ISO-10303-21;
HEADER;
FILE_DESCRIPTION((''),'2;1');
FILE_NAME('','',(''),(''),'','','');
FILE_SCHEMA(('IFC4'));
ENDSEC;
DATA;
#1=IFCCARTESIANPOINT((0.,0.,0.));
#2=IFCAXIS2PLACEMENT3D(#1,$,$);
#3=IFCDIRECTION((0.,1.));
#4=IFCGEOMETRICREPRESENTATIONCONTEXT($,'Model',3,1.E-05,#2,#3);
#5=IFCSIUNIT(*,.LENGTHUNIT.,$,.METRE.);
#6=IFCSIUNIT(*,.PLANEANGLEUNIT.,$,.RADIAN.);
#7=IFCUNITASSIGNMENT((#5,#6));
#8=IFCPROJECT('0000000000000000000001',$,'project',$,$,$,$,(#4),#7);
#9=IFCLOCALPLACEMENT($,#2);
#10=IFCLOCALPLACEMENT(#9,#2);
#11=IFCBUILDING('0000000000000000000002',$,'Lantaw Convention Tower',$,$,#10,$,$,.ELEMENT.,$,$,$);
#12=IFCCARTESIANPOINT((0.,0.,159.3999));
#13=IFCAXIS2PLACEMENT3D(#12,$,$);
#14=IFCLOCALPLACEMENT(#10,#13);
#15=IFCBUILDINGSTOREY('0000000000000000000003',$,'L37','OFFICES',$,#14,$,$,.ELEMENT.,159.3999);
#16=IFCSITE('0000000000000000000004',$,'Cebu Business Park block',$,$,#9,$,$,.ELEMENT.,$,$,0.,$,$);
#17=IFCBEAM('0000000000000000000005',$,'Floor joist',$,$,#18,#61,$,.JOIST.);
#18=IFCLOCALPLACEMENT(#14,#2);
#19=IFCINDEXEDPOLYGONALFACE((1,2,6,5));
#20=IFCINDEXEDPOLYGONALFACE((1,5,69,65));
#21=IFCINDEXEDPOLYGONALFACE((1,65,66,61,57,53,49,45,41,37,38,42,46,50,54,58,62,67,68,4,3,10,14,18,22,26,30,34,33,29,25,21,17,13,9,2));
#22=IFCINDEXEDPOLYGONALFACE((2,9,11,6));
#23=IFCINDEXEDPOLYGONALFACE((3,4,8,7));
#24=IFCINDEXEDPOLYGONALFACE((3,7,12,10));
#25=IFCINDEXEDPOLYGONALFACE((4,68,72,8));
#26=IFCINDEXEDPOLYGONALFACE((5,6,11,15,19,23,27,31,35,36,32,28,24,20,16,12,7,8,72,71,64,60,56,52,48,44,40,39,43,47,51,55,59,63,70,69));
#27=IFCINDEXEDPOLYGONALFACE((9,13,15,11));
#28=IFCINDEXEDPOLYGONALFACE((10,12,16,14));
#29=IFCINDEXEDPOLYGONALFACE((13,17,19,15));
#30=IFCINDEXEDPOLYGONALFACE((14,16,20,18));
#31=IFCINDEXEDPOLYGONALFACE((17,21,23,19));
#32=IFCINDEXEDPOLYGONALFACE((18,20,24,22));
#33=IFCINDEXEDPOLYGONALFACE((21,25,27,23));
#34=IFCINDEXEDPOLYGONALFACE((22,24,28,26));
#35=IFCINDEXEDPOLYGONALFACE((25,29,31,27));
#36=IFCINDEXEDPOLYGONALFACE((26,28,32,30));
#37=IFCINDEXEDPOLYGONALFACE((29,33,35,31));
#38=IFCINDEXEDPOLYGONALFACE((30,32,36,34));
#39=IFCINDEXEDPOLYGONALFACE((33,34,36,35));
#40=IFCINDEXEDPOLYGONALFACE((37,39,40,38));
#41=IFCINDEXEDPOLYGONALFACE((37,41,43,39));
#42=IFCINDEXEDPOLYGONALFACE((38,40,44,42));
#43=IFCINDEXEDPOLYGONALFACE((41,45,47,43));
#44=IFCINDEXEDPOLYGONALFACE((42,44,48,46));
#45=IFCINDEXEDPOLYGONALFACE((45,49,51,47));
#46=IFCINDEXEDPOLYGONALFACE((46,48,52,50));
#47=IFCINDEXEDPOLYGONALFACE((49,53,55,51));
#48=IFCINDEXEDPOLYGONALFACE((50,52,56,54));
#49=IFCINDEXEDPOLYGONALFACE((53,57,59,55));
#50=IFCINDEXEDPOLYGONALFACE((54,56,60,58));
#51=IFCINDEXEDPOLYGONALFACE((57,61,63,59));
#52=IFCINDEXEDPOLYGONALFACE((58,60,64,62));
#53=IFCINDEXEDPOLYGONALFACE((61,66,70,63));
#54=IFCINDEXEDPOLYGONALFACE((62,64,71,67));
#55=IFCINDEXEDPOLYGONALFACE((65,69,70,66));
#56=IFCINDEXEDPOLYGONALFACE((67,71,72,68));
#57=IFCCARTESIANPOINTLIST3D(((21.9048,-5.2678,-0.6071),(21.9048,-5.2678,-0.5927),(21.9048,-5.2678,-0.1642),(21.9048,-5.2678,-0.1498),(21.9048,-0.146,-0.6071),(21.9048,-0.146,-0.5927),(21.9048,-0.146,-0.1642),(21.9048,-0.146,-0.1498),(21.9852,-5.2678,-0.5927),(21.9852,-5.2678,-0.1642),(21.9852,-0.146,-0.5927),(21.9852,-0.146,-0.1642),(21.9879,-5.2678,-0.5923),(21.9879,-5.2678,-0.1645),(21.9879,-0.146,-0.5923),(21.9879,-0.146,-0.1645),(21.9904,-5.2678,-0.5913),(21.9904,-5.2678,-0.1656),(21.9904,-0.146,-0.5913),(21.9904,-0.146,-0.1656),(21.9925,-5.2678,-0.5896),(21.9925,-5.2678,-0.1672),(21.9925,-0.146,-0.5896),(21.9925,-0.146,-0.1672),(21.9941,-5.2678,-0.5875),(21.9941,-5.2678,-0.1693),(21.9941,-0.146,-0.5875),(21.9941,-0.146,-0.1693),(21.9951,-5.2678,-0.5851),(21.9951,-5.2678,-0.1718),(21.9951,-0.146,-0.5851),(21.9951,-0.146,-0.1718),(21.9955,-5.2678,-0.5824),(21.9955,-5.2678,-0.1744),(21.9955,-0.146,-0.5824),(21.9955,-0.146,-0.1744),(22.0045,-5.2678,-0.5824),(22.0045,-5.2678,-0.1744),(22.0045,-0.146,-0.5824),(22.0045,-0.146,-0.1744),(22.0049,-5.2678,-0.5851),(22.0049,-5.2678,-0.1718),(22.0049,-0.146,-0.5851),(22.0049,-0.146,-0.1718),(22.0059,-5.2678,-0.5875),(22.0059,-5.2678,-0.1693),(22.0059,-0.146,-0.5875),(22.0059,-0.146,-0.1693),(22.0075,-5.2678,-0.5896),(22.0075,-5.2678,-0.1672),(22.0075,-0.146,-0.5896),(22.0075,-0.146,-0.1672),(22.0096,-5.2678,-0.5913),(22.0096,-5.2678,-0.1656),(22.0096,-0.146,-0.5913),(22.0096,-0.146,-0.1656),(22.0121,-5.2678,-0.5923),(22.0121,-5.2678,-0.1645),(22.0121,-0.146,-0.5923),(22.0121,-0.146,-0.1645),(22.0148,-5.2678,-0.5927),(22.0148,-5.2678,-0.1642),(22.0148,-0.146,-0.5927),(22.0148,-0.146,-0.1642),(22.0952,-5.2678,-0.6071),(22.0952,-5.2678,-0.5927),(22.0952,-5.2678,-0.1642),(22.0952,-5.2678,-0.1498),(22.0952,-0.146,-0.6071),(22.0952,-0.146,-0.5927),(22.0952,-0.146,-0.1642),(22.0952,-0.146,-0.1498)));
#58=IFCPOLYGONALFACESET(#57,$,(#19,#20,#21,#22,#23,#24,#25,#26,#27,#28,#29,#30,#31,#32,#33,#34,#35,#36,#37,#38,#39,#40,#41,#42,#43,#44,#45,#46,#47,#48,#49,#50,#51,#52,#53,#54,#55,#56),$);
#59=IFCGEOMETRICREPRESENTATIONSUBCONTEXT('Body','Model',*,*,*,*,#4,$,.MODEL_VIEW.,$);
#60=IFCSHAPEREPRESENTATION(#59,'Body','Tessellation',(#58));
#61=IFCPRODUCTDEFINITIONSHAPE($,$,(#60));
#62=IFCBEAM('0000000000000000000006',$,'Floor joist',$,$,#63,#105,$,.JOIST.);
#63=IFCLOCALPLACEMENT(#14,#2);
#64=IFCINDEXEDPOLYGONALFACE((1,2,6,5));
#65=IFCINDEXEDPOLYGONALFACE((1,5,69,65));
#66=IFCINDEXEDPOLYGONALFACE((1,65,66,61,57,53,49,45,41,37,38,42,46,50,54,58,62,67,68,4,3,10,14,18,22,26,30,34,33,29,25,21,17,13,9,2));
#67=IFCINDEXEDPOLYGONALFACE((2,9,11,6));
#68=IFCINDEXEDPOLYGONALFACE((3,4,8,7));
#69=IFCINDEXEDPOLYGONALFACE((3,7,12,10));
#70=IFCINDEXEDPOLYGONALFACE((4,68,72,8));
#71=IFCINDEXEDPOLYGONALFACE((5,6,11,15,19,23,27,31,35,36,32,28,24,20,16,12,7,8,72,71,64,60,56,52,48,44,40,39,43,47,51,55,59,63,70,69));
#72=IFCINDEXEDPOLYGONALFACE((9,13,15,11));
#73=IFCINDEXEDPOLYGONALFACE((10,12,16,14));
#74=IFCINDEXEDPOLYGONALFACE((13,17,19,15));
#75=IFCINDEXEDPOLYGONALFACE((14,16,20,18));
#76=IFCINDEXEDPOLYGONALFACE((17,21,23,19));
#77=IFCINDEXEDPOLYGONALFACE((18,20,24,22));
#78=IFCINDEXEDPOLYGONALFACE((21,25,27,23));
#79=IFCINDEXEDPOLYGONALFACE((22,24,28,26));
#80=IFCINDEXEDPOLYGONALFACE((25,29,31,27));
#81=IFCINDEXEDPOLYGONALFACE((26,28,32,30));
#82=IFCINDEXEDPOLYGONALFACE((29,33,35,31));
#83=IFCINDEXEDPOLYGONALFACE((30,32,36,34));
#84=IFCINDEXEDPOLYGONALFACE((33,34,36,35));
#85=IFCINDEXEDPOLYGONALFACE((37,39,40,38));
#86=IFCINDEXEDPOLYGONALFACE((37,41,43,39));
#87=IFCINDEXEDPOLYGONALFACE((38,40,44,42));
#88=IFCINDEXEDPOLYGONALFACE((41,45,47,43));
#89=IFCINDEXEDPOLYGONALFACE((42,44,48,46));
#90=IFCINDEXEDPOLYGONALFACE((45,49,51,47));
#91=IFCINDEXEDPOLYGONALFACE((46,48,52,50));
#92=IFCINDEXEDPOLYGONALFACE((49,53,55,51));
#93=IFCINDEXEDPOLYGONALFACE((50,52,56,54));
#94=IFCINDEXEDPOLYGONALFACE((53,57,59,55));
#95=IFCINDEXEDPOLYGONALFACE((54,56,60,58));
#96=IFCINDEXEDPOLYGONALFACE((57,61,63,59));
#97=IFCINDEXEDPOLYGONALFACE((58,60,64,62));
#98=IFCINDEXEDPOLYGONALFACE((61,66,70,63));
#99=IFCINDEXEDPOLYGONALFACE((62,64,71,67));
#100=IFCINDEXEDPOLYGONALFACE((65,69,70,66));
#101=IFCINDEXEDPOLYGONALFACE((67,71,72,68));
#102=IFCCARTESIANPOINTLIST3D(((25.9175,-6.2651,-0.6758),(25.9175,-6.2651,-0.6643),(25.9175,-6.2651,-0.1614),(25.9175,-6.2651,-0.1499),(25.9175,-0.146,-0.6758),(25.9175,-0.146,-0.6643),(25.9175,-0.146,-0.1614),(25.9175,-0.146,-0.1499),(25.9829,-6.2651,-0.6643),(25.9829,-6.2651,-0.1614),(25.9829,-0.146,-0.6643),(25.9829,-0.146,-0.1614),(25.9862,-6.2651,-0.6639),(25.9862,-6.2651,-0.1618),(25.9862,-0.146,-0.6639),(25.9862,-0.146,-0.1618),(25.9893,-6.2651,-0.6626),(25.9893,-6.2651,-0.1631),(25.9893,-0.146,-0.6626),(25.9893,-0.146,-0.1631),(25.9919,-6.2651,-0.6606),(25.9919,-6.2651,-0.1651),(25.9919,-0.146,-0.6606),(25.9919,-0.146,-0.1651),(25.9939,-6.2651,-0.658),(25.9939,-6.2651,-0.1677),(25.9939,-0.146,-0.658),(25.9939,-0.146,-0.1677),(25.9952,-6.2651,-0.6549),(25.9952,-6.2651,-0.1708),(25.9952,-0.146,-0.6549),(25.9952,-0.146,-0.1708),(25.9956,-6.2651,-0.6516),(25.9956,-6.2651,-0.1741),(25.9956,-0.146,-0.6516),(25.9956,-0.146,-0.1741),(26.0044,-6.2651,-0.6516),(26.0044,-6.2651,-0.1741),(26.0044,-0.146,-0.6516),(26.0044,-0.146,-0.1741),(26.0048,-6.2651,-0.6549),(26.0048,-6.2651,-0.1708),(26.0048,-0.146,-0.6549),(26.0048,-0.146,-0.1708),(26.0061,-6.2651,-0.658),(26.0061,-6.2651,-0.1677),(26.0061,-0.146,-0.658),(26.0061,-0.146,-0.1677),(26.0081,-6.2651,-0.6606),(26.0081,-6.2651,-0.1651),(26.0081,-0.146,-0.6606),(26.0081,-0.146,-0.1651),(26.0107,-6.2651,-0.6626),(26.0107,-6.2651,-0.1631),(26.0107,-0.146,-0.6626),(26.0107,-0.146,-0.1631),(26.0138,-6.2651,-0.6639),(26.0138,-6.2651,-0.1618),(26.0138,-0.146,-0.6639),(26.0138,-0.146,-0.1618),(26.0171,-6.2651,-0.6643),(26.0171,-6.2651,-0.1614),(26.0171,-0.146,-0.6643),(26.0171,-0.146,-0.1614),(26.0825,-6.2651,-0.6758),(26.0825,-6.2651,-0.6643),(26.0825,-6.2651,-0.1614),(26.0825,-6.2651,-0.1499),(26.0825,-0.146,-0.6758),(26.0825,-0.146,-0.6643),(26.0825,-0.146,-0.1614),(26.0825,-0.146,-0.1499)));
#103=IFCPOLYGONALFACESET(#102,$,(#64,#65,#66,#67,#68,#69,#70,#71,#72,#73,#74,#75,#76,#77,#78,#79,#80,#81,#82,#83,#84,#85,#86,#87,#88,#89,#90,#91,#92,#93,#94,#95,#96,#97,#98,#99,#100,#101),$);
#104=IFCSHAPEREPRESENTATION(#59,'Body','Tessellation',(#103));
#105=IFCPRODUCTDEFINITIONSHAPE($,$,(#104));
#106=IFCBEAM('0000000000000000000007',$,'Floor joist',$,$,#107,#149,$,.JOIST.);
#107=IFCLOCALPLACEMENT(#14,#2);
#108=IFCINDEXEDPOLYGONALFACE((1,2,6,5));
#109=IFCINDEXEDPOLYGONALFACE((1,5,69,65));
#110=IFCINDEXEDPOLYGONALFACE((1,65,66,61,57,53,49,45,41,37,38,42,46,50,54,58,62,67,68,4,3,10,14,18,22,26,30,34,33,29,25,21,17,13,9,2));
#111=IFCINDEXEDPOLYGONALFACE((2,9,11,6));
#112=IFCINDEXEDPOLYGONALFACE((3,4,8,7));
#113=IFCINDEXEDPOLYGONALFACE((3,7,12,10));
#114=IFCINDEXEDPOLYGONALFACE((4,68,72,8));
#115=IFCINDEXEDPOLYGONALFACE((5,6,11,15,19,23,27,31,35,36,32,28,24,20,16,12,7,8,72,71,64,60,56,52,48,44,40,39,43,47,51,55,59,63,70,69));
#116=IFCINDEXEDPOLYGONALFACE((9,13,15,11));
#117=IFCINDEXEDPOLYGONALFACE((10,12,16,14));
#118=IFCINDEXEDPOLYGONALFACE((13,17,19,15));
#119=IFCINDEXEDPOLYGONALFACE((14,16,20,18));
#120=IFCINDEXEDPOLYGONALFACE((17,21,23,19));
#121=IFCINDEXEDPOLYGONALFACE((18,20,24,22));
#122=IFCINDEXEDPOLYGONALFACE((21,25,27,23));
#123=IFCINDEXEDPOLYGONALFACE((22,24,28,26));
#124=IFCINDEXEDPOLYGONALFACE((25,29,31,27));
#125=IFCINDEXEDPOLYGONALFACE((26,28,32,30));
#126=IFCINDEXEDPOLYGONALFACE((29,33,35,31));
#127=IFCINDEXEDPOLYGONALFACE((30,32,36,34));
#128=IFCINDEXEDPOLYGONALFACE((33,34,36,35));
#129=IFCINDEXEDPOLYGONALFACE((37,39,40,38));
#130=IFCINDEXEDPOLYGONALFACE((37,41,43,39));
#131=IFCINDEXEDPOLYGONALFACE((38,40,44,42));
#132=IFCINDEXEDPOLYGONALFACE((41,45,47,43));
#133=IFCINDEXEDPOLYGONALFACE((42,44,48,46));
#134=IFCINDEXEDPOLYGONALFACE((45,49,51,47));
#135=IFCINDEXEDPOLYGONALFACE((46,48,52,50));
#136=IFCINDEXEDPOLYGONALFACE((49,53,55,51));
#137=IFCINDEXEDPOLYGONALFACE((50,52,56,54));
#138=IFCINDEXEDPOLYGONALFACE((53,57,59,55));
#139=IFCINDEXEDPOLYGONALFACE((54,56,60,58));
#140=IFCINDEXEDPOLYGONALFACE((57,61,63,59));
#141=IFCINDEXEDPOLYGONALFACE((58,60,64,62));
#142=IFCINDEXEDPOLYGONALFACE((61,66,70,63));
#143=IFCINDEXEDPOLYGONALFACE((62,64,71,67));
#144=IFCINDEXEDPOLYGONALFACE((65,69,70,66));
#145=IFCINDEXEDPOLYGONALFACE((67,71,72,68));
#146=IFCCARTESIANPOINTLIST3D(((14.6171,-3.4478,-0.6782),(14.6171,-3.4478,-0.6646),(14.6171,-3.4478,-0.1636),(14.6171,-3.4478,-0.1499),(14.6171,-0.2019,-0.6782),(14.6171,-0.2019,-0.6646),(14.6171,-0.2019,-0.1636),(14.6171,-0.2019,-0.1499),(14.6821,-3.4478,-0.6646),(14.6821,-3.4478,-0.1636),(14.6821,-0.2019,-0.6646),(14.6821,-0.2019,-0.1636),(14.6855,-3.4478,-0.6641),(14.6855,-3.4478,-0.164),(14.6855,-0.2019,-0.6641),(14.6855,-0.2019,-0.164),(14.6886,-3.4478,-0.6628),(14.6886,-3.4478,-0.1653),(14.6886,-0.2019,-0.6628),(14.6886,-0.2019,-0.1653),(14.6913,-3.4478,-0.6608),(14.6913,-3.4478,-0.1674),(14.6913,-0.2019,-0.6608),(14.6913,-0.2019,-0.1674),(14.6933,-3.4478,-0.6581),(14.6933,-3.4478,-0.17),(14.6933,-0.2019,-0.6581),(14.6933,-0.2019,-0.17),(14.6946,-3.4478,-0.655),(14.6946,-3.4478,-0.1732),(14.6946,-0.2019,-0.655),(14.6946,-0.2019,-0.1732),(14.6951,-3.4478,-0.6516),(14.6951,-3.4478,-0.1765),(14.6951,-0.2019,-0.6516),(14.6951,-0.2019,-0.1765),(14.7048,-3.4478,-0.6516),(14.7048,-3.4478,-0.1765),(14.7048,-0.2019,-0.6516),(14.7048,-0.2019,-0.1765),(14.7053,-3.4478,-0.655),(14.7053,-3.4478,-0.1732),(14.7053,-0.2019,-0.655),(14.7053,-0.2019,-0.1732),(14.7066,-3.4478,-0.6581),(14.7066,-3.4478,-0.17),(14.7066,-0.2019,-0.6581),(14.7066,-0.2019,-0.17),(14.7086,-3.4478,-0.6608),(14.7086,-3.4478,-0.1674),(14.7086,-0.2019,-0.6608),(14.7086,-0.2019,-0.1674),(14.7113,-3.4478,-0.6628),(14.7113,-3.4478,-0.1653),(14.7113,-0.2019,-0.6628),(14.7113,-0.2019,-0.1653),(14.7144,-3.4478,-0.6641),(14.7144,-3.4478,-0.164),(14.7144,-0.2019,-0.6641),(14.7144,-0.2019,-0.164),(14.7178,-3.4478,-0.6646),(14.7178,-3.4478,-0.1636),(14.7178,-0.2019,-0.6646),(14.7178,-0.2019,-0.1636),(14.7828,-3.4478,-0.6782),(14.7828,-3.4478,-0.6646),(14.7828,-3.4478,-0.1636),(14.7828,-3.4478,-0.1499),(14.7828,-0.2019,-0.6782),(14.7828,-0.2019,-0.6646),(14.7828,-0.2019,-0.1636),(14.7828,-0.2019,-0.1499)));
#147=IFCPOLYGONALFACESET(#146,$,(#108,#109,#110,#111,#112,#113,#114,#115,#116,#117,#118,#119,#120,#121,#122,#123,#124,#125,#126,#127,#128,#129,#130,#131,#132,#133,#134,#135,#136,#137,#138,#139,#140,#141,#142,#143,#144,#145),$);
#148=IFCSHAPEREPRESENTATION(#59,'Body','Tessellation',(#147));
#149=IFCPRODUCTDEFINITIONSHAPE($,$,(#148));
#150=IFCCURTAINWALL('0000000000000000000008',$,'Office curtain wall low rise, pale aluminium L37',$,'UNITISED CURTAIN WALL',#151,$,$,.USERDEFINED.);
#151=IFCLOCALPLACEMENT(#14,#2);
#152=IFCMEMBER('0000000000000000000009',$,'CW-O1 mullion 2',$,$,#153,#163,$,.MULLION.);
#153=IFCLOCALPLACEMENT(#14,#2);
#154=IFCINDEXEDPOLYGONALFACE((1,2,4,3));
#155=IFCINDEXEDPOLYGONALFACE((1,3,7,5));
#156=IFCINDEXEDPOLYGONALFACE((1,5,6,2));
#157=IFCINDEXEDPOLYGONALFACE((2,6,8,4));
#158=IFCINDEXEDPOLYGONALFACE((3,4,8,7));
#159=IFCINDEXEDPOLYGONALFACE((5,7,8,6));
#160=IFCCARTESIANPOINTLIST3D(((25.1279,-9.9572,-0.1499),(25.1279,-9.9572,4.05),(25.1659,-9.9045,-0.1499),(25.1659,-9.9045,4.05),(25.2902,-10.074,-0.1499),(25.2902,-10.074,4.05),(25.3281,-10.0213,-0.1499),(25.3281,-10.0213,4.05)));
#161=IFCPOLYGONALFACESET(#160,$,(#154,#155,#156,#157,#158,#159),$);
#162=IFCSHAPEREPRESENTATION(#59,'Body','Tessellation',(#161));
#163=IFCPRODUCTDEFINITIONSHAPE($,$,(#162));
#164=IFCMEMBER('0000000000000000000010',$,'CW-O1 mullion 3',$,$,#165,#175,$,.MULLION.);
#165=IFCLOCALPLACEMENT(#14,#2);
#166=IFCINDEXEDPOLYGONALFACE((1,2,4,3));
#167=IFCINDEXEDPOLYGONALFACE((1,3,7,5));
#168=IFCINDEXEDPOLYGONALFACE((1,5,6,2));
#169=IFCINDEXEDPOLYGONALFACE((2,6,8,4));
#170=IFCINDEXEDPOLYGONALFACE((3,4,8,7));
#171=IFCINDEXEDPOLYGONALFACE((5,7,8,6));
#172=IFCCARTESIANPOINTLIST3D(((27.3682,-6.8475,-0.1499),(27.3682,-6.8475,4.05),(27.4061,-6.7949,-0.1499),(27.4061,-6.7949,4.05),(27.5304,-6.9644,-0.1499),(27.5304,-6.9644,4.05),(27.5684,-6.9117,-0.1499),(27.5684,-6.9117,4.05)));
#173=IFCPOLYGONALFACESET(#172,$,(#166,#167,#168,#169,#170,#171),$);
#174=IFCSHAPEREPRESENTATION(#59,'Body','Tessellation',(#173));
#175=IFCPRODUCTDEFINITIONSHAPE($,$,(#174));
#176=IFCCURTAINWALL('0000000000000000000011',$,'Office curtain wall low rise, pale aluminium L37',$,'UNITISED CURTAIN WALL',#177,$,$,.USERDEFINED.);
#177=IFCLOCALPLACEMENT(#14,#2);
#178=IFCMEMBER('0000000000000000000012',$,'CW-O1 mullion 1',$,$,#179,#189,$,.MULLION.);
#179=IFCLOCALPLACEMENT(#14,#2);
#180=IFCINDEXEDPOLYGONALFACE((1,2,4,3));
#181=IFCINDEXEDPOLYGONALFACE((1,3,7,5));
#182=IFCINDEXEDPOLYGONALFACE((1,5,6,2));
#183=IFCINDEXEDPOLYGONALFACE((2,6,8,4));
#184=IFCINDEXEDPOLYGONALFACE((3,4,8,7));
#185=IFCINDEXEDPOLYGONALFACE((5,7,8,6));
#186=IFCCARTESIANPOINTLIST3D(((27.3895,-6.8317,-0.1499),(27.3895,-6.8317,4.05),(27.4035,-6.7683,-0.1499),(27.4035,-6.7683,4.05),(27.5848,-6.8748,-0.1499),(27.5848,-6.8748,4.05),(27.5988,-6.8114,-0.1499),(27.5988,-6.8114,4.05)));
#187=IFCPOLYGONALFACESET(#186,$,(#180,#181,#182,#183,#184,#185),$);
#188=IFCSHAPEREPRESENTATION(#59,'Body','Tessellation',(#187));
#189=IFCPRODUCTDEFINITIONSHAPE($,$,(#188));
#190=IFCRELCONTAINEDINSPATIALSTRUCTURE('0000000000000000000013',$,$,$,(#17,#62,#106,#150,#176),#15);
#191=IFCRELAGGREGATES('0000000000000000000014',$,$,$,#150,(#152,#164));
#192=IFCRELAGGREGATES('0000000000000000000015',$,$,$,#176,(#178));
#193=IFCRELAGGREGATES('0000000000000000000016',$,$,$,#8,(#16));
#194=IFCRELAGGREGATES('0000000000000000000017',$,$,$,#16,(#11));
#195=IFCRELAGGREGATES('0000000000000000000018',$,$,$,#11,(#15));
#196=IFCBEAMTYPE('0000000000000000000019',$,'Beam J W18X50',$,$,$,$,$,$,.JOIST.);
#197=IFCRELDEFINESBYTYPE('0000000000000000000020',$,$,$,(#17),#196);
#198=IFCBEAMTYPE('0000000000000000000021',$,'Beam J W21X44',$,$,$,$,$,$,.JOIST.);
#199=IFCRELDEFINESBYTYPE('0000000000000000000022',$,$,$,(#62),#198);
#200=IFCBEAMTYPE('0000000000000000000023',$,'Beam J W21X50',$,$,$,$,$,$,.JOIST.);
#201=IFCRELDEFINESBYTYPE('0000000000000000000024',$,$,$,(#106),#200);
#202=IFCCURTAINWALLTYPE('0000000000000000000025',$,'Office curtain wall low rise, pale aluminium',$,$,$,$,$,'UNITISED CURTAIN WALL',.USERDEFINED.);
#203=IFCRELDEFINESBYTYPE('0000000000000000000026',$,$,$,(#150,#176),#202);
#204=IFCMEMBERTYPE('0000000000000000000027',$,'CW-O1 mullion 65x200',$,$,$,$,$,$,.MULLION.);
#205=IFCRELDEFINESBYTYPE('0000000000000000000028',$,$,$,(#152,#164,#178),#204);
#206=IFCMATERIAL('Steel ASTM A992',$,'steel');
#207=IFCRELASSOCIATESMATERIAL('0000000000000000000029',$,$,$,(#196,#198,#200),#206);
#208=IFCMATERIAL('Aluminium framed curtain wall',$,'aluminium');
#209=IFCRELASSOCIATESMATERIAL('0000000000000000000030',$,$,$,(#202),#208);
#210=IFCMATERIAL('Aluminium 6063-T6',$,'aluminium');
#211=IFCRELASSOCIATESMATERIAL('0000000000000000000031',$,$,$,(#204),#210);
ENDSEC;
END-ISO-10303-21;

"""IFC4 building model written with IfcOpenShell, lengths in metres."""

from ifc_helpers import new_model, si_unit, direction, frame, origin, origin_2d, place, context, subcontext, project, spatial, rectangle, i_section, extrude, material, material_profile, profile_set, type_object, element, aggregate, save


model = new_model("IFC4")

# Units and contexts
model_context = context("Model", 3, precision=1e-05, world=origin(), true_north=direction((0.0, 1.0)))
body_context = subcontext(model_context, "Body", "Model", "MODEL_VIEW")
ifc_project = project(units=[si_unit("LENGTHUNIT", "METRE"), si_unit("PLANEANGLEUNIT", "RADIAN")], contexts=[model_context])

# Site, building, storey
site_placement = place(None, origin())
site = spatial("IfcSite", under=ifc_project, at=site_placement, Name="Cebu Business Park block", CompositionType="ELEMENT", RefElevation=0.0)
building_placement = place(site_placement, origin())
building = spatial("IfcBuilding", under=site, at=building_placement, Name="Lantaw Convention Tower", CompositionType="ELEMENT")
storey_placement = place(building_placement, frame((0.0, 0.0, 159.3999)))
storey = spatial("IfcBuildingStorey", under=building, at=storey_placement, Name="L37", Description="OFFICES", CompositionType="ELEMENT", Elevation=159.3999)

# Beams
ifc_material_1 = material(Name="Steel ASTM A992", Category="steel")
ifc_material_profile_1 = material_profile(ifc_material_1, i_section(OverallWidth=0.1904, OverallDepth=0.4573, WebThickness=0.009, FlangeThickness=0.0144, FilletRadius=0.0103, at=origin_2d()), Name="W18X50")
ifc_profile_set_1 = profile_set([ifc_material_profile_1], Name="Steel ASTM A992")
beam_type_1 = type_object("IfcBeamType", Name="Beam J W18X50", PredefinedType="JOIST", material=ifc_profile_set_1)
beam_1_placement = place(storey_placement, frame((22.0, -5.2678, -0.3784), z_axis=(0.0, 1.0, 0.0), x_axis=(-1.0, 0.0, 0.0)))
element("IfcBeam", 1, at=beam_1_placement, inside=storey, type_object=beam_type_1, Name="Floor joist", PredefinedType="JOIST", context=body_context, shape_type="SweptSolid", body=[
    extrude(i_section(OverallWidth=0.1904, OverallDepth=0.4573, WebThickness=0.009, FlangeThickness=0.0144, FilletRadius=0.0103, at=origin_2d()), origin(), (0.0, 0.0, 1.0), 5.1218),
])
ifc_material_profile_2 = material_profile(ifc_material_1, i_section(OverallWidth=0.165, OverallDepth=0.5259, WebThickness=0.0088, FlangeThickness=0.0115, FilletRadius=0.0127, at=origin_2d()), Name="W21X44")
ifc_profile_set_2 = profile_set([ifc_material_profile_2], Name="Steel ASTM A992")
beam_type_2 = type_object("IfcBeamType", Name="Beam J W21X44", PredefinedType="JOIST", material=ifc_profile_set_2)
beam_2_placement = place(storey_placement, frame((26.0, -6.2651, -0.4128), z_axis=(0.0, 1.0, 0.0), x_axis=(-1.0, 0.0, 0.0)))
element("IfcBeam", 2, at=beam_2_placement, inside=storey, type_object=beam_type_2, Name="Floor joist", PredefinedType="JOIST", context=body_context, shape_type="SweptSolid", body=[
    extrude(i_section(OverallWidth=0.165, OverallDepth=0.5259, WebThickness=0.0088, FlangeThickness=0.0115, FilletRadius=0.0127, at=origin_2d()), origin(), (0.0, 0.0, 1.0), 6.1191),
])
ifc_material_profile_3 = material_profile(ifc_material_1, i_section(OverallWidth=0.1658, OverallDepth=0.5283, WebThickness=0.0098, FlangeThickness=0.0137, FilletRadius=0.0129, at=origin_2d()), Name="W21X50")
ifc_profile_set_3 = profile_set([ifc_material_profile_3], Name="Steel ASTM A992")
beam_type_3 = type_object("IfcBeamType", Name="Beam J W21X50", PredefinedType="JOIST", material=ifc_profile_set_3)
beam_3_placement = place(storey_placement, frame((14.7, -3.4478, -0.4141), z_axis=(0.0, 1.0, 0.0), x_axis=(-1.0, 0.0, 0.0)))
element("IfcBeam", 3, at=beam_3_placement, inside=storey, type_object=beam_type_3, Name="Floor joist", PredefinedType="JOIST", context=body_context, shape_type="SweptSolid", body=[
    extrude(i_section(OverallWidth=0.1658, OverallDepth=0.5283, WebThickness=0.0098, FlangeThickness=0.0137, FilletRadius=0.0129, at=origin_2d()), origin(), (0.0, 0.0, 1.0), 3.2458),
])

# Curtain walls, members
ifc_material_2 = material(Name="Aluminium framed curtain wall", Category="aluminium")
curtain_wall_type = type_object("IfcCurtainWallType", Name="Office curtain wall low rise, pale aluminium", ElementType="UNITISED CURTAIN WALL", PredefinedType="USERDEFINED", material=ifc_material_2)
curtain_wall_1_placement = place(storey_placement, origin())
curtain_wall_1 = element("IfcCurtainWall", 4, at=curtain_wall_1_placement, inside=storey, type_object=curtain_wall_type, Name="Office curtain wall low rise, pale aluminium L37", ObjectType="UNITISED CURTAIN WALL", PredefinedType="USERDEFINED")
ifc_material_3 = material(Name="Aluminium 6063-T6", Category="aluminium")
ifc_material_profile_4 = material_profile(ifc_material_3, rectangle(XDim=0.2, YDim=0.0649, at=origin_2d()), Name="CW-O1 mullion 65x200")
ifc_profile_set_4 = profile_set([ifc_material_profile_4], Name="Aluminium 6063-T6")
member_type_1 = type_object("IfcMemberType", Name="CW-O1 mullion 65x200", PredefinedType="MULLION", material=ifc_profile_set_4)
member_1_placement = place(storey_placement, frame((25.228, -9.9893, -0.1499), z_axis=(0.0, 0.0, 1.0), x_axis=(-0.811385, 0.584513, 0.0)))
member_1 = element("IfcMember", 5, at=member_1_placement, type_object=member_type_1, Name="CW-O1 mullion 2", PredefinedType="MULLION", context=body_context, shape_type="SweptSolid", body=[
    extrude(rectangle(XDim=0.2, YDim=0.0649, at=origin_2d()), origin(), (0.0, 0.0, 1.0), 4.2),
])
member_2_placement = place(storey_placement, frame((27.4683, -6.8796, -0.1499), z_axis=(0.0, 0.0, 1.0), x_axis=(-0.811385, 0.584513, 0.0)))
member_2 = element("IfcMember", 6, at=member_2_placement, type_object=member_type_1, Name="CW-O1 mullion 3", PredefinedType="MULLION", context=body_context, shape_type="SweptSolid", body=[
    extrude(rectangle(XDim=0.2, YDim=0.0649, at=origin_2d()), origin(), (0.0, 0.0, 1.0), 4.2),
])
curtain_wall_2_placement = place(storey_placement, origin())
curtain_wall_2 = element("IfcCurtainWall", 7, at=curtain_wall_2_placement, inside=storey, type_object=curtain_wall_type, Name="Office curtain wall low rise, pale aluminium L37", ObjectType="UNITISED CURTAIN WALL", PredefinedType="USERDEFINED")
member_3_placement = place(storey_placement, frame((27.4941, -6.8215, -0.1499), z_axis=(0.0, 0.0, 1.0), x_axis=(-0.976494, 0.215546, 0.0)))
member_3 = element("IfcMember", 8, at=member_3_placement, type_object=member_type_1, Name="CW-O1 mullion 1", PredefinedType="MULLION", context=body_context, shape_type="SweptSolid", body=[
    extrude(rectangle(XDim=0.2, YDim=0.0649, at=origin_2d()), origin(), (0.0, 0.0, 1.0), 4.2),
])

aggregate(curtain_wall_1, [member_1, member_2])
aggregate(curtain_wall_2, [member_3])

save(model, "model.ifc")
